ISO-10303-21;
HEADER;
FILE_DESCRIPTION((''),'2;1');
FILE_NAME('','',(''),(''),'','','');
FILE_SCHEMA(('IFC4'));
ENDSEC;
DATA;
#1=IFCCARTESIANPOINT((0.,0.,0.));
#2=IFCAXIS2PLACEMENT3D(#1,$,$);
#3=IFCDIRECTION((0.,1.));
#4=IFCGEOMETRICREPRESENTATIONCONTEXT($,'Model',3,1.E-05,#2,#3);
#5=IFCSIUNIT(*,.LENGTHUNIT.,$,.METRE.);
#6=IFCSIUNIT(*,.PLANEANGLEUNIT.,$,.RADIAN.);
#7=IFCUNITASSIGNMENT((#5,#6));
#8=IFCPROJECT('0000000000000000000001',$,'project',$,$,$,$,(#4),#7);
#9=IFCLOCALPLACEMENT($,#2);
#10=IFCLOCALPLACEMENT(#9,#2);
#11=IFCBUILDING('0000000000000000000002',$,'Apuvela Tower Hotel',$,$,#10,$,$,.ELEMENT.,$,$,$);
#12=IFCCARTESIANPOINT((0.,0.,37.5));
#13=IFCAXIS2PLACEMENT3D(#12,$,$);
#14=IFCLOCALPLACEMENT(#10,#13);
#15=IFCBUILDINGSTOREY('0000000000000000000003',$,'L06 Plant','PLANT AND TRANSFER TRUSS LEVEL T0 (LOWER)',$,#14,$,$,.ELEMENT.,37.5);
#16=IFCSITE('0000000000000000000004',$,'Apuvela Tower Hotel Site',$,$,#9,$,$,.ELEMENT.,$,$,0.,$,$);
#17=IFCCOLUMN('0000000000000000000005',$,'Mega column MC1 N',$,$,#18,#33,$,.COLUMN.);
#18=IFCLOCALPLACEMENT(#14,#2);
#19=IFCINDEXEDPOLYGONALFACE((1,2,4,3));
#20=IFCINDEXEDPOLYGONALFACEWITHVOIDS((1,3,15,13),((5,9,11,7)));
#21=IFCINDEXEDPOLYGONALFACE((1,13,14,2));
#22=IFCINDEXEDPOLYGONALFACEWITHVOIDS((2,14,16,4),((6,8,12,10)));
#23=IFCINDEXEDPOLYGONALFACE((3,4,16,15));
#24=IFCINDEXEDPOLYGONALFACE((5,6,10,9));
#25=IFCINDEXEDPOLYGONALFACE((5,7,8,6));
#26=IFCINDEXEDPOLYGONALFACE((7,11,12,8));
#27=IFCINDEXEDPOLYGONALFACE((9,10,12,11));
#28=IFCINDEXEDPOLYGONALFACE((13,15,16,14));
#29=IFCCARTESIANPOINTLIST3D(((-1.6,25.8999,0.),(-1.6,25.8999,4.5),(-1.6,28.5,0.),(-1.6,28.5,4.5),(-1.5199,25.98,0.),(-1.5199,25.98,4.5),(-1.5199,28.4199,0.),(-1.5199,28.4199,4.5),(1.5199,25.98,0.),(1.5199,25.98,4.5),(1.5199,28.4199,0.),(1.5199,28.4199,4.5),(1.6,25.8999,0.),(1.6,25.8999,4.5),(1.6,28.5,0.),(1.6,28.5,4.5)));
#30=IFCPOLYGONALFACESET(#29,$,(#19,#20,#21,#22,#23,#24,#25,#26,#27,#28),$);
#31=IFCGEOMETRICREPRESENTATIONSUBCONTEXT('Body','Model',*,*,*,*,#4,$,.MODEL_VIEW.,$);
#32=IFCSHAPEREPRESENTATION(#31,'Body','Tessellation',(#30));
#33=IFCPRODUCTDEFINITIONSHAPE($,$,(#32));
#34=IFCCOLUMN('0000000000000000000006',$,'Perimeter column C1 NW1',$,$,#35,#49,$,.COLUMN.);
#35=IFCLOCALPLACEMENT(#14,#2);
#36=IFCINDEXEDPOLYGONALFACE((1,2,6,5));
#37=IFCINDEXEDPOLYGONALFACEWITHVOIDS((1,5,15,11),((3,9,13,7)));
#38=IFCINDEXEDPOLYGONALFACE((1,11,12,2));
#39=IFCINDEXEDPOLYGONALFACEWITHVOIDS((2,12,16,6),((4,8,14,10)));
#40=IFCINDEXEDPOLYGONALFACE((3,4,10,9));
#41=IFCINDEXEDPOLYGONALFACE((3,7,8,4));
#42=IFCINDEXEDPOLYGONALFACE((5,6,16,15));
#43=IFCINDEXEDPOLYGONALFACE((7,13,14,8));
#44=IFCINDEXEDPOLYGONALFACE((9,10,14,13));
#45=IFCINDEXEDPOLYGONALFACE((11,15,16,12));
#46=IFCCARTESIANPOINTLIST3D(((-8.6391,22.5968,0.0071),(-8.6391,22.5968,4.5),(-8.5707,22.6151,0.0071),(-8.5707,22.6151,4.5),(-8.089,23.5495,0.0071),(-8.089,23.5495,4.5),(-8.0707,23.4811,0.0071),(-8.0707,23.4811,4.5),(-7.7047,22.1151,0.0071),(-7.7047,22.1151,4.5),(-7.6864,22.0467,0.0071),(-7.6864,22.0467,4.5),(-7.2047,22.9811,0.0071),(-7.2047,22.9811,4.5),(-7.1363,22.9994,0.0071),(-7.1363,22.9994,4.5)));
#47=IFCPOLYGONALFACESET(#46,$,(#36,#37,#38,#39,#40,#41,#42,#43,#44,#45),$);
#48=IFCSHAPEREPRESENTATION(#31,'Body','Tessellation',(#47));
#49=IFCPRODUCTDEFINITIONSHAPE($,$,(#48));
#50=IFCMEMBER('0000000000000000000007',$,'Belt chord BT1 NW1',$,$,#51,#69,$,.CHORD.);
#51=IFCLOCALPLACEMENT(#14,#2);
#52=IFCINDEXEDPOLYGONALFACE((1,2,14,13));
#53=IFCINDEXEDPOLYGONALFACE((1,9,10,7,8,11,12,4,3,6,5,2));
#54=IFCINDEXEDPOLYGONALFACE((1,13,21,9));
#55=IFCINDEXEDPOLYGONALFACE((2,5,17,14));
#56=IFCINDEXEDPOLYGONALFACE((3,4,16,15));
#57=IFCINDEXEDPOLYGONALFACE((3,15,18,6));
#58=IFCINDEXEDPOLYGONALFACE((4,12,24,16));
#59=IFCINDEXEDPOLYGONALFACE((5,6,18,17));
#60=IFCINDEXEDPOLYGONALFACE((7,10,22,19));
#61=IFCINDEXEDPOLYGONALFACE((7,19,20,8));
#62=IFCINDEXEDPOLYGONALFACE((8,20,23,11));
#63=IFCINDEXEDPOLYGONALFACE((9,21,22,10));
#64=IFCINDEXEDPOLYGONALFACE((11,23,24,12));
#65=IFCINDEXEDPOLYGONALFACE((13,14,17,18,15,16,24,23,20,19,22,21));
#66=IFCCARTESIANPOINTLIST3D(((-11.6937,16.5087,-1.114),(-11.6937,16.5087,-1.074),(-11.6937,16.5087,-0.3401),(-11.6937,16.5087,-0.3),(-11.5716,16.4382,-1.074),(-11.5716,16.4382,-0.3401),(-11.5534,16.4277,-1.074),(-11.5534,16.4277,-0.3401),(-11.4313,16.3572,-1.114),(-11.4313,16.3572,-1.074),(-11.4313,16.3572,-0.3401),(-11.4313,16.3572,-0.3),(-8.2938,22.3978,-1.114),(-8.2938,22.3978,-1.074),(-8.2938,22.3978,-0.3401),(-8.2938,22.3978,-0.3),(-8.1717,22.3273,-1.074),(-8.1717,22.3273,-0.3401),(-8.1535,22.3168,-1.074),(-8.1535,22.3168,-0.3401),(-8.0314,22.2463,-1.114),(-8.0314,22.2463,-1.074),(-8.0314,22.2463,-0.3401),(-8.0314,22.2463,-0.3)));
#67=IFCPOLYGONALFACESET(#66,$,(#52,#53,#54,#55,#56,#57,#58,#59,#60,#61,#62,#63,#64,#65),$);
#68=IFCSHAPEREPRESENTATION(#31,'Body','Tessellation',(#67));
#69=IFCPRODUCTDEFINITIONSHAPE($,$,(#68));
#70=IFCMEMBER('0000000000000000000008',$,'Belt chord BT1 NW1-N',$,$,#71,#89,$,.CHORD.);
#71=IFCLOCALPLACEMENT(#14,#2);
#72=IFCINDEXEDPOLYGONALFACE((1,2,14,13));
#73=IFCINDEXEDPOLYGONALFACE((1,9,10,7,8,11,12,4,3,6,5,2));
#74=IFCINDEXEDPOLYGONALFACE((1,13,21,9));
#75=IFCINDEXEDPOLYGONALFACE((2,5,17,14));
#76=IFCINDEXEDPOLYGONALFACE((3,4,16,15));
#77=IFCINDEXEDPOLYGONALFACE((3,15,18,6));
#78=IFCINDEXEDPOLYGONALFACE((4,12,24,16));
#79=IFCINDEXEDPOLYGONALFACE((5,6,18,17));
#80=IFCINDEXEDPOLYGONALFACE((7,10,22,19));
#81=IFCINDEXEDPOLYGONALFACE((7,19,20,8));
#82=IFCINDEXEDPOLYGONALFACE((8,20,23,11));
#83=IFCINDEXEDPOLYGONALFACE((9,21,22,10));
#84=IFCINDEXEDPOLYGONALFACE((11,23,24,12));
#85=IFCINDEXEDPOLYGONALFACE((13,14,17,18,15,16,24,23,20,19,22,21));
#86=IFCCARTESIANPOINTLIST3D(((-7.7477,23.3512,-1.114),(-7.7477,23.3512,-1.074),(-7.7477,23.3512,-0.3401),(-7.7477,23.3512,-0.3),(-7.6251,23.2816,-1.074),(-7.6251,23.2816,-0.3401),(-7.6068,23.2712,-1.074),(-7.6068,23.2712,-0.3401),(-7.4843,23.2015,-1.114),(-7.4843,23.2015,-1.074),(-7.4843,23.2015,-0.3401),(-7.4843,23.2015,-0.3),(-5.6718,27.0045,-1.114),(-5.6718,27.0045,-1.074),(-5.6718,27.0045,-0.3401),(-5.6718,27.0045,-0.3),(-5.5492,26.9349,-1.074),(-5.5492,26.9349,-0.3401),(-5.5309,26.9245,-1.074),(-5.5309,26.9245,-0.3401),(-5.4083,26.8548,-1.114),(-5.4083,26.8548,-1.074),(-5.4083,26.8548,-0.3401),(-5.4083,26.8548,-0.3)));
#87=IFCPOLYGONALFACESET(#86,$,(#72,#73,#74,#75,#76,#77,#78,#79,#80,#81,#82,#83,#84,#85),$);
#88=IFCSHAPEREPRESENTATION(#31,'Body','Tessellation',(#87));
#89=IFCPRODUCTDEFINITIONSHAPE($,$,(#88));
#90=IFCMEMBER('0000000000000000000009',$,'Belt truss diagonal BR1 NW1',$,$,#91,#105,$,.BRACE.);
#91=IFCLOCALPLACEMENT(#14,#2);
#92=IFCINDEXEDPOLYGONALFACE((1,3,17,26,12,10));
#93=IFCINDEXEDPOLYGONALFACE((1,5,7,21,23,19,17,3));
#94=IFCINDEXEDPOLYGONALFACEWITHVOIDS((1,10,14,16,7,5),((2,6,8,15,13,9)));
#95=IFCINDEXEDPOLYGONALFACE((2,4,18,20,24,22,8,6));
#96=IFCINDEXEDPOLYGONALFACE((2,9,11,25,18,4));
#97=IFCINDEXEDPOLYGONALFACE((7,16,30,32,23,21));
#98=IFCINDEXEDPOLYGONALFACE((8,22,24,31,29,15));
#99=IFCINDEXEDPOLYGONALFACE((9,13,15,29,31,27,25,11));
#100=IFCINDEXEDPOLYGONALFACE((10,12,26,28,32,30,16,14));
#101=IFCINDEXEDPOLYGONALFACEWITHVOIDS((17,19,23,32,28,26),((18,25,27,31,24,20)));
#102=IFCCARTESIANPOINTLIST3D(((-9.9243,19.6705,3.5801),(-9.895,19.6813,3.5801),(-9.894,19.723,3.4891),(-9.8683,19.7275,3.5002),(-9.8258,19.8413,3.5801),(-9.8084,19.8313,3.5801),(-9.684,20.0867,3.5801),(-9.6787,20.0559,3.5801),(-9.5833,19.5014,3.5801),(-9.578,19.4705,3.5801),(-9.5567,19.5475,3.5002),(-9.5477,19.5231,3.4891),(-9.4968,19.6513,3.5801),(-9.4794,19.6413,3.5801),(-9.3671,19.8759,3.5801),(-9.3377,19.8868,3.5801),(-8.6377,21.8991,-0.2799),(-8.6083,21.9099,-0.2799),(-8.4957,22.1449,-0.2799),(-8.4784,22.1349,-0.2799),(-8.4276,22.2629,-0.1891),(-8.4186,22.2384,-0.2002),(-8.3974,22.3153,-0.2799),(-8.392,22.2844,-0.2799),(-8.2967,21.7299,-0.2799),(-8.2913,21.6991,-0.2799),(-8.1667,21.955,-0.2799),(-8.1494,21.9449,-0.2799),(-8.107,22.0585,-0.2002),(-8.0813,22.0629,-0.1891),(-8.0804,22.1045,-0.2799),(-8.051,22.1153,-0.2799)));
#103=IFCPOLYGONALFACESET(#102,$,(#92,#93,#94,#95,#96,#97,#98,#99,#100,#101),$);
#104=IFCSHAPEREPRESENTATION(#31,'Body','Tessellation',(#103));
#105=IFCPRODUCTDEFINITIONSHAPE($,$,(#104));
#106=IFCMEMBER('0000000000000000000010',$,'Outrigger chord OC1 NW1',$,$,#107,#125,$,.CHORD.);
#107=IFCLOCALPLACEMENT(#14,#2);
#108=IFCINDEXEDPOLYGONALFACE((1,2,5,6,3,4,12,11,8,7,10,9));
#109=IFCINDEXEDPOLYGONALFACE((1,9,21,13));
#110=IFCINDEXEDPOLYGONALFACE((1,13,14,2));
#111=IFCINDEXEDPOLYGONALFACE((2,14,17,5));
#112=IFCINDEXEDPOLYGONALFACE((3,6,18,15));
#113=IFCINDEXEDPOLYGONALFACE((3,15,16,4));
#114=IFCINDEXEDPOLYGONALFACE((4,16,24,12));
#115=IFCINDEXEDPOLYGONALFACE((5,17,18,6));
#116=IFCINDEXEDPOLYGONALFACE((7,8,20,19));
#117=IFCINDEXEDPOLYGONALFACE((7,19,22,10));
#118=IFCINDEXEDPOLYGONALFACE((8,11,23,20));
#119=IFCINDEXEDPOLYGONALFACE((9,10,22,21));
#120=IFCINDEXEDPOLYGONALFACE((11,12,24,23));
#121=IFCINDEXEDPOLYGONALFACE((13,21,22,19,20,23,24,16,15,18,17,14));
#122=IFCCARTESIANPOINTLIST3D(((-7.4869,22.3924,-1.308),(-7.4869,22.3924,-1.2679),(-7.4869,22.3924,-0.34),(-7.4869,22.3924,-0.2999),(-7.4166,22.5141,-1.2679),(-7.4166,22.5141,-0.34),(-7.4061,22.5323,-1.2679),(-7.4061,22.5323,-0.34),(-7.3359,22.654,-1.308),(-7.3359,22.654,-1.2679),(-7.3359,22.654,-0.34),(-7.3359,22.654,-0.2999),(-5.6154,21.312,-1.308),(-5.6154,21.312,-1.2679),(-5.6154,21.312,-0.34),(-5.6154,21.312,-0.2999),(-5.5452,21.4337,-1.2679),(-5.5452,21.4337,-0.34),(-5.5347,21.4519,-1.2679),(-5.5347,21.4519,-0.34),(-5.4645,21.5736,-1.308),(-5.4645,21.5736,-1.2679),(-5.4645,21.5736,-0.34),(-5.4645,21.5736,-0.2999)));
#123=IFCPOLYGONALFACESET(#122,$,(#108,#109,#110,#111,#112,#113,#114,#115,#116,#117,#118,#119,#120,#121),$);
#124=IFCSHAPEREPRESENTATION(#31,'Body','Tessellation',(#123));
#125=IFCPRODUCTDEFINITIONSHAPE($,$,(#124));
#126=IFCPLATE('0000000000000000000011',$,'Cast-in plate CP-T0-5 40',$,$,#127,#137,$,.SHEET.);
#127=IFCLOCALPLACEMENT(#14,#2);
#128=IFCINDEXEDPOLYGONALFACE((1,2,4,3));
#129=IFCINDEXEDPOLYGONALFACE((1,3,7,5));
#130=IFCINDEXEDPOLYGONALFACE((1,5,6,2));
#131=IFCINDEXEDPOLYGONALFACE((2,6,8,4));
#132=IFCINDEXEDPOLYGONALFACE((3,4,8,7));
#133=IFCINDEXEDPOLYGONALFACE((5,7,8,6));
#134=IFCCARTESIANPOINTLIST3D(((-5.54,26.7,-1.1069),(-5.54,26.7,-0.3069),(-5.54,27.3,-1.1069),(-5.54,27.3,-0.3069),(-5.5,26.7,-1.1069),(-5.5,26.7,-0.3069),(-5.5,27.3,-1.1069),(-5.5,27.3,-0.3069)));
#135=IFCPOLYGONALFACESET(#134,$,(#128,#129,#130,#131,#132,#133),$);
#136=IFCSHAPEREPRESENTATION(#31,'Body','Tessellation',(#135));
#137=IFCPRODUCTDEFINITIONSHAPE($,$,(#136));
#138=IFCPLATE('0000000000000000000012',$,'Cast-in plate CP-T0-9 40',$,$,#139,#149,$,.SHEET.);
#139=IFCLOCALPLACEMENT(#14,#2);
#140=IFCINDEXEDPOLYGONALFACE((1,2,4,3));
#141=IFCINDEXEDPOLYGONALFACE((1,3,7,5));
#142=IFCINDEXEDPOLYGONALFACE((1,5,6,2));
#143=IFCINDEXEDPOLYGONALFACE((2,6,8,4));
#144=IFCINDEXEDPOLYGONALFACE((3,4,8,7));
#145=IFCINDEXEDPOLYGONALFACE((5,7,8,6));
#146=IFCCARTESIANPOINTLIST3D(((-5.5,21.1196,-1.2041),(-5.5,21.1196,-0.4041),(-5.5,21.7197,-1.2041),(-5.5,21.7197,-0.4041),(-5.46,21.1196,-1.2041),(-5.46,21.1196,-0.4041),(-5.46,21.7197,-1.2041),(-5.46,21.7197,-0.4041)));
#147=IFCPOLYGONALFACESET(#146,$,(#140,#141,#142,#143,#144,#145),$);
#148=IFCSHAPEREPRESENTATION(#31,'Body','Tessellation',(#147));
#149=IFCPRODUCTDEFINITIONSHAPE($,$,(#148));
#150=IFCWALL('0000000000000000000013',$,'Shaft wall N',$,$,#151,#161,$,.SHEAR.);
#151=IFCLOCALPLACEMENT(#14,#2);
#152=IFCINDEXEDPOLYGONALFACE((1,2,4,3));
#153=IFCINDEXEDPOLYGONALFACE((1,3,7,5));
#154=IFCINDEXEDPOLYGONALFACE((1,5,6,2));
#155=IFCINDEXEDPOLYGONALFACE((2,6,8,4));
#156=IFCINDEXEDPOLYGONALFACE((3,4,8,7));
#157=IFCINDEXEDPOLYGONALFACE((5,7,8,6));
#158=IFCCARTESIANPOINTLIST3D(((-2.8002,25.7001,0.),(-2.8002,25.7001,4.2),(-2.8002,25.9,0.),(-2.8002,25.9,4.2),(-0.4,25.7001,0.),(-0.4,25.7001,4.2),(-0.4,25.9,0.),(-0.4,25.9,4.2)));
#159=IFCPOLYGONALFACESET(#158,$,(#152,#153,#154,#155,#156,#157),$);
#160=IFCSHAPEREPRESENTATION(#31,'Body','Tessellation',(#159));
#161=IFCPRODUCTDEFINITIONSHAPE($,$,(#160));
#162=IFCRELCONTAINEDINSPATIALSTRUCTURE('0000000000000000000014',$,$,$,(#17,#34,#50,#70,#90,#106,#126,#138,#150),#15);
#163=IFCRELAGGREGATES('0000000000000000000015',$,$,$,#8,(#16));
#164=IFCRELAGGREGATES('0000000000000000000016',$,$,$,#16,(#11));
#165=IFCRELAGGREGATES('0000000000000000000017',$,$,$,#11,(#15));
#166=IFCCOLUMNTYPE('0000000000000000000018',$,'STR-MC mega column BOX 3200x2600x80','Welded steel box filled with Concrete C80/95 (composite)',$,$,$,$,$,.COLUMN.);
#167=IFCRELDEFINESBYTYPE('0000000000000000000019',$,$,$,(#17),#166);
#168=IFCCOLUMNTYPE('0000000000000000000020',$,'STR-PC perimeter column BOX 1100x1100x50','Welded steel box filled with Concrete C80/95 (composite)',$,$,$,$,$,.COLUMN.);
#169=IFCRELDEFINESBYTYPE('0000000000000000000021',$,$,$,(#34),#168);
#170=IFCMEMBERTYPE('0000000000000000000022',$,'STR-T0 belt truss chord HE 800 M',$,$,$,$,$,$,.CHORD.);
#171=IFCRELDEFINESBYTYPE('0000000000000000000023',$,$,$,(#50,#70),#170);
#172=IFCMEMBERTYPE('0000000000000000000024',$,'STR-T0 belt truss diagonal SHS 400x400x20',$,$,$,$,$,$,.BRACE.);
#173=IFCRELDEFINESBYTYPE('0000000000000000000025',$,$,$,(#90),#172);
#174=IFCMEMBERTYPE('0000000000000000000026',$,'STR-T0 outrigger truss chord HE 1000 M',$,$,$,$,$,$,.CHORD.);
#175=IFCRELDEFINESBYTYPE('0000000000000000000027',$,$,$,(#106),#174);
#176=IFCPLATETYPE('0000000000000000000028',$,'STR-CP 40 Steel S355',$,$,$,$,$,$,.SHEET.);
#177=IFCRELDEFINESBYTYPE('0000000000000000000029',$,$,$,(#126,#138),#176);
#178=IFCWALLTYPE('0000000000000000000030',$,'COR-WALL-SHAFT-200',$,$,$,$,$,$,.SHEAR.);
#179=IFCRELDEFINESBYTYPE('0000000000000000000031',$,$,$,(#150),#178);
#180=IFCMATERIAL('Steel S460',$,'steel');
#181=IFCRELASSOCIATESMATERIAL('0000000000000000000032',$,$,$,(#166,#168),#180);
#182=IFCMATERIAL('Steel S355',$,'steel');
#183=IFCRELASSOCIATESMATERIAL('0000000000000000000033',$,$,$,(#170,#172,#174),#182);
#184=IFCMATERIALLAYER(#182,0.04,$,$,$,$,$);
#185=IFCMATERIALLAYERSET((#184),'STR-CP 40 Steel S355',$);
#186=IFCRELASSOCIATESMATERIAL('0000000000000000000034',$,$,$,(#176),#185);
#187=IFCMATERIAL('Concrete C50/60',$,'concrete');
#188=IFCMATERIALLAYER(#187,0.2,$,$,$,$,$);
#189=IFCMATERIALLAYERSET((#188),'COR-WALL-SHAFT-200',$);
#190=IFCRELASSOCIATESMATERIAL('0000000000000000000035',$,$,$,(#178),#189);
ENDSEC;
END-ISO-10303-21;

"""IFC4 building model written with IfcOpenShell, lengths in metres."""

from ifc_helpers import new_model, si_unit, direction, frame, frame_2d, origin, origin_2d, place, context, subcontext, project, spatial, rectangle, hollow_rectangle, i_section, extrude, boolean, halfspace, material, layer, layer_set, material_profile, profile_set, type_object, element, save


model = new_model("IFC4")

# Units and contexts
model_context = context("Model", 3, precision=1e-05, world=origin(), true_north=direction((0.0, 1.0)))
body_context = subcontext(model_context, "Body", "Model", "MODEL_VIEW")
ifc_project = project(units=[si_unit("LENGTHUNIT", "METRE"), si_unit("PLANEANGLEUNIT", "RADIAN")], contexts=[model_context])

# Site, building, storey
site_placement = place(None, origin())
site = spatial("IfcSite", under=ifc_project, at=site_placement, Name="Apuvela Tower Hotel Site", CompositionType="ELEMENT", RefElevation=0.0)
building_placement = place(site_placement, origin())
building = spatial("IfcBuilding", under=site, at=building_placement, Name="Apuvela Tower Hotel", CompositionType="ELEMENT")
storey_placement = place(building_placement, frame((0.0, 0.0, 37.5)))
storey = spatial("IfcBuildingStorey", under=building, at=storey_placement, Name="L06 Plant", Description="PLANT AND TRANSFER TRUSS LEVEL T0 (LOWER)", CompositionType="ELEMENT", Elevation=37.5)

# Columns
ifc_material_1 = material(Name="Steel S460", Category="steel")
ifc_material_profile_1 = material_profile(ifc_material_1, hollow_rectangle(XDim=3.2, YDim=2.6001, WallThickness=0.0801, at=origin_2d()), Name="BOX 3200x2600x80")
ifc_material_2 = material(Name="Concrete C80/95", Category="concrete")
ifc_material_profile_2 = material_profile(ifc_material_2, rectangle(XDim=3.04, YDim=2.4399, at=origin_2d()), Name="Concrete C80/95 infill")
ifc_profile_set_1 = profile_set([ifc_material_profile_1, ifc_material_profile_2], Name="Steel S460")
column_type_1 = type_object("IfcColumnType", Name="STR-MC mega column BOX 3200x2600x80", Description="Welded steel box filled with Concrete C80/95 (composite)", PredefinedType="COLUMN", material=ifc_profile_set_1)
column_1_placement = place(storey_placement, frame((0.0, 27.2, 0.0), z_axis=(0.0, 0.0, 1.0), x_axis=(1.0, 0.0, 0.0)))
element("IfcColumn", 1, at=column_1_placement, inside=storey, type_object=column_type_1, Name="Mega column MC1 N", PredefinedType="COLUMN", context=body_context, shape_type="SweptSolid", body=[
    extrude(hollow_rectangle(XDim=3.2, YDim=2.6001, WallThickness=0.0801, at=origin_2d()), origin(), (0.0, 0.0, 1.0), 4.5),
])
ifc_material_profile_3 = material_profile(ifc_material_1, hollow_rectangle(XDim=1.1001, YDim=1.1001, WallThickness=0.05, at=origin_2d()), Name="BOX 1100x1100x50")
ifc_material_profile_4 = material_profile(ifc_material_2, rectangle(XDim=1.0, YDim=1.0, at=origin_2d()), Name="Concrete C80/95 infill")
ifc_profile_set_2 = profile_set([ifc_material_profile_3, ifc_material_profile_4], Name="Steel S460")
column_type_2 = type_object("IfcColumnType", Name="STR-PC perimeter column BOX 1100x1100x50", Description="Welded steel box filled with Concrete C80/95 (composite)", PredefinedType="COLUMN", material=ifc_profile_set_2)
column_2_placement = place(storey_placement, frame((-7.8877, 22.7981, 0.0), z_axis=(0.0, 0.0, 1.0), x_axis=(0.5, 0.866025, 0.0)))
element("IfcColumn", 2, at=column_2_placement, inside=storey, type_object=column_type_2, Name="Perimeter column C1 NW1", PredefinedType="COLUMN", context=body_context, shape_type="SweptSolid", body=[
    boolean("DIFFERENCE", extrude(hollow_rectangle(XDim=1.1001, YDim=1.1001, WallThickness=0.05, at=origin_2d()), origin(), (0.0, 0.0, 1.0), 4.5), halfspace(frame((0.0, 0.0, 0.0071), z_axis=(0.0, 0.0, 1.0), x_axis=(1.0, 0.0, 0.0)), True)),
])

# Members
ifc_material_3 = material(Name="Steel S355", Category="steel")
ifc_material_profile_5 = material_profile(ifc_material_3, i_section(OverallWidth=0.303, OverallDepth=0.814, WebThickness=0.021, FlangeThickness=0.04, at=origin_2d()), Name="HE 800 M")
ifc_profile_set_3 = profile_set([ifc_material_profile_5], Name="Steel S355")
member_type_1 = type_object("IfcMemberType", Name="STR-T0 belt truss chord HE 800 M", PredefinedType="CHORD", material=ifc_profile_set_3)
member_1_placement = place(storey_placement, frame((-8.1626, 22.322, -0.707), z_axis=(-0.499977, -0.866039, 0.0), x_axis=(0.866039, -0.499977, 0.0)))
element("IfcMember", 3, at=member_1_placement, inside=storey, type_object=member_type_1, Name="Belt chord BT1 NW1", PredefinedType="CHORD", context=body_context, shape_type="SweptSolid", body=[
    extrude(i_section(OverallWidth=0.303, OverallDepth=0.814, WebThickness=0.021, FlangeThickness=0.04, at=origin_2d()), origin(), (0.0, 0.0, 1.0), 6.8),
])
member_2_placement = place(storey_placement, frame((-7.616, 23.2764, -0.707), z_axis=(0.494041, 0.869438, 0.0), x_axis=(-0.869438, 0.494041, 0.0)))
element("IfcMember", 4, at=member_2_placement, inside=storey, type_object=member_type_1, Name="Belt chord BT1 NW1-N", PredefinedType="CHORD", context=body_context, shape_type="SweptSolid", body=[
    extrude(i_section(OverallWidth=0.303, OverallDepth=0.814, WebThickness=0.021, FlangeThickness=0.04, at=origin_2d()), origin(), (0.0, 0.0, 1.0), 4.2019),
])
ifc_material_profile_6 = material_profile(ifc_material_3, hollow_rectangle(XDim=0.3999, YDim=0.3999, WallThickness=0.02, at=origin_2d()), Name="SHS 400x400x20")
ifc_profile_set_4 = profile_set([ifc_material_profile_6], Name="Steel S355")
member_type_2 = type_object("IfcMemberType", Name="STR-T0 belt truss diagonal SHS 400x400x20", PredefinedType="BRACE", material=ifc_profile_set_4)
member_3_placement = place(storey_placement, frame((-8.3376, 22.0188, -0.3), z_axis=(-0.277351, -0.480378, 0.832054), x_axis=(0.416033, 0.720576, 0.554695)))
solid_1 = boolean("DIFFERENCE", boolean("DIFFERENCE", extrude(hollow_rectangle(XDim=0.3999, YDim=0.3999, WallThickness=0.02, at=origin_2d()), frame((0.0, 0.0, -0.2534)), (0.0, 0.0, 1.0), 5.1941), halfspace(frame((0.0, 0.0, 0.0242), z_axis=(0.554695, 0.0, 0.832054), x_axis=(0.832054, 0.0, -0.554695)), True)), halfspace(frame((0.0, 0.0, 4.6633), z_axis=(0.554695, 0.0, 0.832054), x_axis=(0.832054, 0.0, -0.554695)), False))
element("IfcMember", 5, at=member_3_placement, inside=storey, type_object=member_type_2, Name="Belt truss diagonal BR1 NW1", PredefinedType="BRACE", context=body_context, shape_type="SweptSolid", body=[
    boolean("UNION", boolean("DIFFERENCE", boolean("DIFFERENCE", extrude(hollow_rectangle(XDim=0.3999, YDim=0.3999, WallThickness=0.02, at=origin_2d()), origin(), (0.0, 0.0, 1.0), 4.6873), halfspace(frame((0.0, 0.0, 0.0242), z_axis=(0.554695, 0.0, 0.832054), x_axis=(0.832054, 0.0, -0.554695)), True)), halfspace(frame((0.0, 0.0, 4.6633), z_axis=(0.554695, 0.0, 0.832054), x_axis=(0.832054, 0.0, -0.554695)), False)), solid_1),
])
ifc_material_profile_7 = material_profile(ifc_material_3, i_section(OverallWidth=0.302, OverallDepth=1.0081, WebThickness=0.021, FlangeThickness=0.04, at=origin_2d()), Name="HE 1000 M")
ifc_profile_set_5 = profile_set([ifc_material_profile_7], Name="Steel S355")
member_type_3 = type_object("IfcMemberType", Name="STR-T0 outrigger truss chord HE 1000 M", PredefinedType="CHORD", material=ifc_profile_set_5)
member_4_placement = place(storey_placement, frame((-7.4114, 22.5232, -0.804), z_axis=(0.866044, -0.499967, 0.0), x_axis=(0.499967, 0.866044, 0.0)))
element("IfcMember", 6, at=member_4_placement, inside=storey, type_object=member_type_3, Name="Outrigger chord OC1 NW1", PredefinedType="CHORD", context=body_context, shape_type="SweptSolid", body=[
    extrude(i_section(OverallWidth=0.302, OverallDepth=1.0081, WebThickness=0.021, FlangeThickness=0.04, at=origin_2d()), origin(), (0.0, 0.0, 1.0), 2.1609),
])

# Plates
ifc_layer_1 = layer(ifc_material_3, 0.04)
ifc_layer_set_1 = layer_set([ifc_layer_1], Name="STR-CP 40 Steel S355")
plate_type = type_object("IfcPlateType", Name="STR-CP 40 Steel S355", PredefinedType="SHEET", material=ifc_layer_set_1)
for number, where, z_axis, x_axis, name in (
    (7, (-5.52, 27.0, -1.1069), (0.0, 0.0, 1.0), (-1.0, 0.0, 0.0), "Cast-in plate CP-T0-5 40"),
    (8, (-5.48, 21.4197, -1.2041), (0.0, 0.0, 1.0), (1.0, 0.0, 0.0), "Cast-in plate CP-T0-9 40"),
):
    element("IfcPlate", number, at=place(storey_placement, frame(where, z_axis=z_axis, x_axis=x_axis)), inside=storey, type_object=plate_type, Name=name, PredefinedType="SHEET", context=body_context, shape_type="SweptSolid", body=[
        extrude(rectangle(XDim=0.04, YDim=0.6001, at=origin_2d()), origin(), (0.0, 0.0, 1.0), 0.8),
    ])

# Wall
ifc_material_4 = material(Name="Concrete C50/60", Category="concrete")
ifc_layer_2 = layer(ifc_material_4, 0.2)
ifc_layer_set_2 = layer_set([ifc_layer_2], Name="COR-WALL-SHAFT-200")
wall_type_1 = type_object("IfcWallType", Name="COR-WALL-SHAFT-200", PredefinedType="SHEAR", material=ifc_layer_set_2)
wall_1_placement = place(storey_placement, frame((-0.3999, 25.8, 0.0), z_axis=(0.0, 0.0, 1.0), x_axis=(-1.0, 0.0, 0.0)))
element("IfcWall", 9, at=wall_1_placement, inside=storey, type_object=wall_type_1, Name="Shaft wall N", PredefinedType="SHEAR", context=body_context, shape_type="SweptSolid", body=[
    extrude(rectangle(XDim=2.4001, YDim=0.2, at=frame_2d((1.2002, 0.0))), origin(), (0.0, 0.0, 1.0), 4.2),
])

save(model, "model.ifc")
